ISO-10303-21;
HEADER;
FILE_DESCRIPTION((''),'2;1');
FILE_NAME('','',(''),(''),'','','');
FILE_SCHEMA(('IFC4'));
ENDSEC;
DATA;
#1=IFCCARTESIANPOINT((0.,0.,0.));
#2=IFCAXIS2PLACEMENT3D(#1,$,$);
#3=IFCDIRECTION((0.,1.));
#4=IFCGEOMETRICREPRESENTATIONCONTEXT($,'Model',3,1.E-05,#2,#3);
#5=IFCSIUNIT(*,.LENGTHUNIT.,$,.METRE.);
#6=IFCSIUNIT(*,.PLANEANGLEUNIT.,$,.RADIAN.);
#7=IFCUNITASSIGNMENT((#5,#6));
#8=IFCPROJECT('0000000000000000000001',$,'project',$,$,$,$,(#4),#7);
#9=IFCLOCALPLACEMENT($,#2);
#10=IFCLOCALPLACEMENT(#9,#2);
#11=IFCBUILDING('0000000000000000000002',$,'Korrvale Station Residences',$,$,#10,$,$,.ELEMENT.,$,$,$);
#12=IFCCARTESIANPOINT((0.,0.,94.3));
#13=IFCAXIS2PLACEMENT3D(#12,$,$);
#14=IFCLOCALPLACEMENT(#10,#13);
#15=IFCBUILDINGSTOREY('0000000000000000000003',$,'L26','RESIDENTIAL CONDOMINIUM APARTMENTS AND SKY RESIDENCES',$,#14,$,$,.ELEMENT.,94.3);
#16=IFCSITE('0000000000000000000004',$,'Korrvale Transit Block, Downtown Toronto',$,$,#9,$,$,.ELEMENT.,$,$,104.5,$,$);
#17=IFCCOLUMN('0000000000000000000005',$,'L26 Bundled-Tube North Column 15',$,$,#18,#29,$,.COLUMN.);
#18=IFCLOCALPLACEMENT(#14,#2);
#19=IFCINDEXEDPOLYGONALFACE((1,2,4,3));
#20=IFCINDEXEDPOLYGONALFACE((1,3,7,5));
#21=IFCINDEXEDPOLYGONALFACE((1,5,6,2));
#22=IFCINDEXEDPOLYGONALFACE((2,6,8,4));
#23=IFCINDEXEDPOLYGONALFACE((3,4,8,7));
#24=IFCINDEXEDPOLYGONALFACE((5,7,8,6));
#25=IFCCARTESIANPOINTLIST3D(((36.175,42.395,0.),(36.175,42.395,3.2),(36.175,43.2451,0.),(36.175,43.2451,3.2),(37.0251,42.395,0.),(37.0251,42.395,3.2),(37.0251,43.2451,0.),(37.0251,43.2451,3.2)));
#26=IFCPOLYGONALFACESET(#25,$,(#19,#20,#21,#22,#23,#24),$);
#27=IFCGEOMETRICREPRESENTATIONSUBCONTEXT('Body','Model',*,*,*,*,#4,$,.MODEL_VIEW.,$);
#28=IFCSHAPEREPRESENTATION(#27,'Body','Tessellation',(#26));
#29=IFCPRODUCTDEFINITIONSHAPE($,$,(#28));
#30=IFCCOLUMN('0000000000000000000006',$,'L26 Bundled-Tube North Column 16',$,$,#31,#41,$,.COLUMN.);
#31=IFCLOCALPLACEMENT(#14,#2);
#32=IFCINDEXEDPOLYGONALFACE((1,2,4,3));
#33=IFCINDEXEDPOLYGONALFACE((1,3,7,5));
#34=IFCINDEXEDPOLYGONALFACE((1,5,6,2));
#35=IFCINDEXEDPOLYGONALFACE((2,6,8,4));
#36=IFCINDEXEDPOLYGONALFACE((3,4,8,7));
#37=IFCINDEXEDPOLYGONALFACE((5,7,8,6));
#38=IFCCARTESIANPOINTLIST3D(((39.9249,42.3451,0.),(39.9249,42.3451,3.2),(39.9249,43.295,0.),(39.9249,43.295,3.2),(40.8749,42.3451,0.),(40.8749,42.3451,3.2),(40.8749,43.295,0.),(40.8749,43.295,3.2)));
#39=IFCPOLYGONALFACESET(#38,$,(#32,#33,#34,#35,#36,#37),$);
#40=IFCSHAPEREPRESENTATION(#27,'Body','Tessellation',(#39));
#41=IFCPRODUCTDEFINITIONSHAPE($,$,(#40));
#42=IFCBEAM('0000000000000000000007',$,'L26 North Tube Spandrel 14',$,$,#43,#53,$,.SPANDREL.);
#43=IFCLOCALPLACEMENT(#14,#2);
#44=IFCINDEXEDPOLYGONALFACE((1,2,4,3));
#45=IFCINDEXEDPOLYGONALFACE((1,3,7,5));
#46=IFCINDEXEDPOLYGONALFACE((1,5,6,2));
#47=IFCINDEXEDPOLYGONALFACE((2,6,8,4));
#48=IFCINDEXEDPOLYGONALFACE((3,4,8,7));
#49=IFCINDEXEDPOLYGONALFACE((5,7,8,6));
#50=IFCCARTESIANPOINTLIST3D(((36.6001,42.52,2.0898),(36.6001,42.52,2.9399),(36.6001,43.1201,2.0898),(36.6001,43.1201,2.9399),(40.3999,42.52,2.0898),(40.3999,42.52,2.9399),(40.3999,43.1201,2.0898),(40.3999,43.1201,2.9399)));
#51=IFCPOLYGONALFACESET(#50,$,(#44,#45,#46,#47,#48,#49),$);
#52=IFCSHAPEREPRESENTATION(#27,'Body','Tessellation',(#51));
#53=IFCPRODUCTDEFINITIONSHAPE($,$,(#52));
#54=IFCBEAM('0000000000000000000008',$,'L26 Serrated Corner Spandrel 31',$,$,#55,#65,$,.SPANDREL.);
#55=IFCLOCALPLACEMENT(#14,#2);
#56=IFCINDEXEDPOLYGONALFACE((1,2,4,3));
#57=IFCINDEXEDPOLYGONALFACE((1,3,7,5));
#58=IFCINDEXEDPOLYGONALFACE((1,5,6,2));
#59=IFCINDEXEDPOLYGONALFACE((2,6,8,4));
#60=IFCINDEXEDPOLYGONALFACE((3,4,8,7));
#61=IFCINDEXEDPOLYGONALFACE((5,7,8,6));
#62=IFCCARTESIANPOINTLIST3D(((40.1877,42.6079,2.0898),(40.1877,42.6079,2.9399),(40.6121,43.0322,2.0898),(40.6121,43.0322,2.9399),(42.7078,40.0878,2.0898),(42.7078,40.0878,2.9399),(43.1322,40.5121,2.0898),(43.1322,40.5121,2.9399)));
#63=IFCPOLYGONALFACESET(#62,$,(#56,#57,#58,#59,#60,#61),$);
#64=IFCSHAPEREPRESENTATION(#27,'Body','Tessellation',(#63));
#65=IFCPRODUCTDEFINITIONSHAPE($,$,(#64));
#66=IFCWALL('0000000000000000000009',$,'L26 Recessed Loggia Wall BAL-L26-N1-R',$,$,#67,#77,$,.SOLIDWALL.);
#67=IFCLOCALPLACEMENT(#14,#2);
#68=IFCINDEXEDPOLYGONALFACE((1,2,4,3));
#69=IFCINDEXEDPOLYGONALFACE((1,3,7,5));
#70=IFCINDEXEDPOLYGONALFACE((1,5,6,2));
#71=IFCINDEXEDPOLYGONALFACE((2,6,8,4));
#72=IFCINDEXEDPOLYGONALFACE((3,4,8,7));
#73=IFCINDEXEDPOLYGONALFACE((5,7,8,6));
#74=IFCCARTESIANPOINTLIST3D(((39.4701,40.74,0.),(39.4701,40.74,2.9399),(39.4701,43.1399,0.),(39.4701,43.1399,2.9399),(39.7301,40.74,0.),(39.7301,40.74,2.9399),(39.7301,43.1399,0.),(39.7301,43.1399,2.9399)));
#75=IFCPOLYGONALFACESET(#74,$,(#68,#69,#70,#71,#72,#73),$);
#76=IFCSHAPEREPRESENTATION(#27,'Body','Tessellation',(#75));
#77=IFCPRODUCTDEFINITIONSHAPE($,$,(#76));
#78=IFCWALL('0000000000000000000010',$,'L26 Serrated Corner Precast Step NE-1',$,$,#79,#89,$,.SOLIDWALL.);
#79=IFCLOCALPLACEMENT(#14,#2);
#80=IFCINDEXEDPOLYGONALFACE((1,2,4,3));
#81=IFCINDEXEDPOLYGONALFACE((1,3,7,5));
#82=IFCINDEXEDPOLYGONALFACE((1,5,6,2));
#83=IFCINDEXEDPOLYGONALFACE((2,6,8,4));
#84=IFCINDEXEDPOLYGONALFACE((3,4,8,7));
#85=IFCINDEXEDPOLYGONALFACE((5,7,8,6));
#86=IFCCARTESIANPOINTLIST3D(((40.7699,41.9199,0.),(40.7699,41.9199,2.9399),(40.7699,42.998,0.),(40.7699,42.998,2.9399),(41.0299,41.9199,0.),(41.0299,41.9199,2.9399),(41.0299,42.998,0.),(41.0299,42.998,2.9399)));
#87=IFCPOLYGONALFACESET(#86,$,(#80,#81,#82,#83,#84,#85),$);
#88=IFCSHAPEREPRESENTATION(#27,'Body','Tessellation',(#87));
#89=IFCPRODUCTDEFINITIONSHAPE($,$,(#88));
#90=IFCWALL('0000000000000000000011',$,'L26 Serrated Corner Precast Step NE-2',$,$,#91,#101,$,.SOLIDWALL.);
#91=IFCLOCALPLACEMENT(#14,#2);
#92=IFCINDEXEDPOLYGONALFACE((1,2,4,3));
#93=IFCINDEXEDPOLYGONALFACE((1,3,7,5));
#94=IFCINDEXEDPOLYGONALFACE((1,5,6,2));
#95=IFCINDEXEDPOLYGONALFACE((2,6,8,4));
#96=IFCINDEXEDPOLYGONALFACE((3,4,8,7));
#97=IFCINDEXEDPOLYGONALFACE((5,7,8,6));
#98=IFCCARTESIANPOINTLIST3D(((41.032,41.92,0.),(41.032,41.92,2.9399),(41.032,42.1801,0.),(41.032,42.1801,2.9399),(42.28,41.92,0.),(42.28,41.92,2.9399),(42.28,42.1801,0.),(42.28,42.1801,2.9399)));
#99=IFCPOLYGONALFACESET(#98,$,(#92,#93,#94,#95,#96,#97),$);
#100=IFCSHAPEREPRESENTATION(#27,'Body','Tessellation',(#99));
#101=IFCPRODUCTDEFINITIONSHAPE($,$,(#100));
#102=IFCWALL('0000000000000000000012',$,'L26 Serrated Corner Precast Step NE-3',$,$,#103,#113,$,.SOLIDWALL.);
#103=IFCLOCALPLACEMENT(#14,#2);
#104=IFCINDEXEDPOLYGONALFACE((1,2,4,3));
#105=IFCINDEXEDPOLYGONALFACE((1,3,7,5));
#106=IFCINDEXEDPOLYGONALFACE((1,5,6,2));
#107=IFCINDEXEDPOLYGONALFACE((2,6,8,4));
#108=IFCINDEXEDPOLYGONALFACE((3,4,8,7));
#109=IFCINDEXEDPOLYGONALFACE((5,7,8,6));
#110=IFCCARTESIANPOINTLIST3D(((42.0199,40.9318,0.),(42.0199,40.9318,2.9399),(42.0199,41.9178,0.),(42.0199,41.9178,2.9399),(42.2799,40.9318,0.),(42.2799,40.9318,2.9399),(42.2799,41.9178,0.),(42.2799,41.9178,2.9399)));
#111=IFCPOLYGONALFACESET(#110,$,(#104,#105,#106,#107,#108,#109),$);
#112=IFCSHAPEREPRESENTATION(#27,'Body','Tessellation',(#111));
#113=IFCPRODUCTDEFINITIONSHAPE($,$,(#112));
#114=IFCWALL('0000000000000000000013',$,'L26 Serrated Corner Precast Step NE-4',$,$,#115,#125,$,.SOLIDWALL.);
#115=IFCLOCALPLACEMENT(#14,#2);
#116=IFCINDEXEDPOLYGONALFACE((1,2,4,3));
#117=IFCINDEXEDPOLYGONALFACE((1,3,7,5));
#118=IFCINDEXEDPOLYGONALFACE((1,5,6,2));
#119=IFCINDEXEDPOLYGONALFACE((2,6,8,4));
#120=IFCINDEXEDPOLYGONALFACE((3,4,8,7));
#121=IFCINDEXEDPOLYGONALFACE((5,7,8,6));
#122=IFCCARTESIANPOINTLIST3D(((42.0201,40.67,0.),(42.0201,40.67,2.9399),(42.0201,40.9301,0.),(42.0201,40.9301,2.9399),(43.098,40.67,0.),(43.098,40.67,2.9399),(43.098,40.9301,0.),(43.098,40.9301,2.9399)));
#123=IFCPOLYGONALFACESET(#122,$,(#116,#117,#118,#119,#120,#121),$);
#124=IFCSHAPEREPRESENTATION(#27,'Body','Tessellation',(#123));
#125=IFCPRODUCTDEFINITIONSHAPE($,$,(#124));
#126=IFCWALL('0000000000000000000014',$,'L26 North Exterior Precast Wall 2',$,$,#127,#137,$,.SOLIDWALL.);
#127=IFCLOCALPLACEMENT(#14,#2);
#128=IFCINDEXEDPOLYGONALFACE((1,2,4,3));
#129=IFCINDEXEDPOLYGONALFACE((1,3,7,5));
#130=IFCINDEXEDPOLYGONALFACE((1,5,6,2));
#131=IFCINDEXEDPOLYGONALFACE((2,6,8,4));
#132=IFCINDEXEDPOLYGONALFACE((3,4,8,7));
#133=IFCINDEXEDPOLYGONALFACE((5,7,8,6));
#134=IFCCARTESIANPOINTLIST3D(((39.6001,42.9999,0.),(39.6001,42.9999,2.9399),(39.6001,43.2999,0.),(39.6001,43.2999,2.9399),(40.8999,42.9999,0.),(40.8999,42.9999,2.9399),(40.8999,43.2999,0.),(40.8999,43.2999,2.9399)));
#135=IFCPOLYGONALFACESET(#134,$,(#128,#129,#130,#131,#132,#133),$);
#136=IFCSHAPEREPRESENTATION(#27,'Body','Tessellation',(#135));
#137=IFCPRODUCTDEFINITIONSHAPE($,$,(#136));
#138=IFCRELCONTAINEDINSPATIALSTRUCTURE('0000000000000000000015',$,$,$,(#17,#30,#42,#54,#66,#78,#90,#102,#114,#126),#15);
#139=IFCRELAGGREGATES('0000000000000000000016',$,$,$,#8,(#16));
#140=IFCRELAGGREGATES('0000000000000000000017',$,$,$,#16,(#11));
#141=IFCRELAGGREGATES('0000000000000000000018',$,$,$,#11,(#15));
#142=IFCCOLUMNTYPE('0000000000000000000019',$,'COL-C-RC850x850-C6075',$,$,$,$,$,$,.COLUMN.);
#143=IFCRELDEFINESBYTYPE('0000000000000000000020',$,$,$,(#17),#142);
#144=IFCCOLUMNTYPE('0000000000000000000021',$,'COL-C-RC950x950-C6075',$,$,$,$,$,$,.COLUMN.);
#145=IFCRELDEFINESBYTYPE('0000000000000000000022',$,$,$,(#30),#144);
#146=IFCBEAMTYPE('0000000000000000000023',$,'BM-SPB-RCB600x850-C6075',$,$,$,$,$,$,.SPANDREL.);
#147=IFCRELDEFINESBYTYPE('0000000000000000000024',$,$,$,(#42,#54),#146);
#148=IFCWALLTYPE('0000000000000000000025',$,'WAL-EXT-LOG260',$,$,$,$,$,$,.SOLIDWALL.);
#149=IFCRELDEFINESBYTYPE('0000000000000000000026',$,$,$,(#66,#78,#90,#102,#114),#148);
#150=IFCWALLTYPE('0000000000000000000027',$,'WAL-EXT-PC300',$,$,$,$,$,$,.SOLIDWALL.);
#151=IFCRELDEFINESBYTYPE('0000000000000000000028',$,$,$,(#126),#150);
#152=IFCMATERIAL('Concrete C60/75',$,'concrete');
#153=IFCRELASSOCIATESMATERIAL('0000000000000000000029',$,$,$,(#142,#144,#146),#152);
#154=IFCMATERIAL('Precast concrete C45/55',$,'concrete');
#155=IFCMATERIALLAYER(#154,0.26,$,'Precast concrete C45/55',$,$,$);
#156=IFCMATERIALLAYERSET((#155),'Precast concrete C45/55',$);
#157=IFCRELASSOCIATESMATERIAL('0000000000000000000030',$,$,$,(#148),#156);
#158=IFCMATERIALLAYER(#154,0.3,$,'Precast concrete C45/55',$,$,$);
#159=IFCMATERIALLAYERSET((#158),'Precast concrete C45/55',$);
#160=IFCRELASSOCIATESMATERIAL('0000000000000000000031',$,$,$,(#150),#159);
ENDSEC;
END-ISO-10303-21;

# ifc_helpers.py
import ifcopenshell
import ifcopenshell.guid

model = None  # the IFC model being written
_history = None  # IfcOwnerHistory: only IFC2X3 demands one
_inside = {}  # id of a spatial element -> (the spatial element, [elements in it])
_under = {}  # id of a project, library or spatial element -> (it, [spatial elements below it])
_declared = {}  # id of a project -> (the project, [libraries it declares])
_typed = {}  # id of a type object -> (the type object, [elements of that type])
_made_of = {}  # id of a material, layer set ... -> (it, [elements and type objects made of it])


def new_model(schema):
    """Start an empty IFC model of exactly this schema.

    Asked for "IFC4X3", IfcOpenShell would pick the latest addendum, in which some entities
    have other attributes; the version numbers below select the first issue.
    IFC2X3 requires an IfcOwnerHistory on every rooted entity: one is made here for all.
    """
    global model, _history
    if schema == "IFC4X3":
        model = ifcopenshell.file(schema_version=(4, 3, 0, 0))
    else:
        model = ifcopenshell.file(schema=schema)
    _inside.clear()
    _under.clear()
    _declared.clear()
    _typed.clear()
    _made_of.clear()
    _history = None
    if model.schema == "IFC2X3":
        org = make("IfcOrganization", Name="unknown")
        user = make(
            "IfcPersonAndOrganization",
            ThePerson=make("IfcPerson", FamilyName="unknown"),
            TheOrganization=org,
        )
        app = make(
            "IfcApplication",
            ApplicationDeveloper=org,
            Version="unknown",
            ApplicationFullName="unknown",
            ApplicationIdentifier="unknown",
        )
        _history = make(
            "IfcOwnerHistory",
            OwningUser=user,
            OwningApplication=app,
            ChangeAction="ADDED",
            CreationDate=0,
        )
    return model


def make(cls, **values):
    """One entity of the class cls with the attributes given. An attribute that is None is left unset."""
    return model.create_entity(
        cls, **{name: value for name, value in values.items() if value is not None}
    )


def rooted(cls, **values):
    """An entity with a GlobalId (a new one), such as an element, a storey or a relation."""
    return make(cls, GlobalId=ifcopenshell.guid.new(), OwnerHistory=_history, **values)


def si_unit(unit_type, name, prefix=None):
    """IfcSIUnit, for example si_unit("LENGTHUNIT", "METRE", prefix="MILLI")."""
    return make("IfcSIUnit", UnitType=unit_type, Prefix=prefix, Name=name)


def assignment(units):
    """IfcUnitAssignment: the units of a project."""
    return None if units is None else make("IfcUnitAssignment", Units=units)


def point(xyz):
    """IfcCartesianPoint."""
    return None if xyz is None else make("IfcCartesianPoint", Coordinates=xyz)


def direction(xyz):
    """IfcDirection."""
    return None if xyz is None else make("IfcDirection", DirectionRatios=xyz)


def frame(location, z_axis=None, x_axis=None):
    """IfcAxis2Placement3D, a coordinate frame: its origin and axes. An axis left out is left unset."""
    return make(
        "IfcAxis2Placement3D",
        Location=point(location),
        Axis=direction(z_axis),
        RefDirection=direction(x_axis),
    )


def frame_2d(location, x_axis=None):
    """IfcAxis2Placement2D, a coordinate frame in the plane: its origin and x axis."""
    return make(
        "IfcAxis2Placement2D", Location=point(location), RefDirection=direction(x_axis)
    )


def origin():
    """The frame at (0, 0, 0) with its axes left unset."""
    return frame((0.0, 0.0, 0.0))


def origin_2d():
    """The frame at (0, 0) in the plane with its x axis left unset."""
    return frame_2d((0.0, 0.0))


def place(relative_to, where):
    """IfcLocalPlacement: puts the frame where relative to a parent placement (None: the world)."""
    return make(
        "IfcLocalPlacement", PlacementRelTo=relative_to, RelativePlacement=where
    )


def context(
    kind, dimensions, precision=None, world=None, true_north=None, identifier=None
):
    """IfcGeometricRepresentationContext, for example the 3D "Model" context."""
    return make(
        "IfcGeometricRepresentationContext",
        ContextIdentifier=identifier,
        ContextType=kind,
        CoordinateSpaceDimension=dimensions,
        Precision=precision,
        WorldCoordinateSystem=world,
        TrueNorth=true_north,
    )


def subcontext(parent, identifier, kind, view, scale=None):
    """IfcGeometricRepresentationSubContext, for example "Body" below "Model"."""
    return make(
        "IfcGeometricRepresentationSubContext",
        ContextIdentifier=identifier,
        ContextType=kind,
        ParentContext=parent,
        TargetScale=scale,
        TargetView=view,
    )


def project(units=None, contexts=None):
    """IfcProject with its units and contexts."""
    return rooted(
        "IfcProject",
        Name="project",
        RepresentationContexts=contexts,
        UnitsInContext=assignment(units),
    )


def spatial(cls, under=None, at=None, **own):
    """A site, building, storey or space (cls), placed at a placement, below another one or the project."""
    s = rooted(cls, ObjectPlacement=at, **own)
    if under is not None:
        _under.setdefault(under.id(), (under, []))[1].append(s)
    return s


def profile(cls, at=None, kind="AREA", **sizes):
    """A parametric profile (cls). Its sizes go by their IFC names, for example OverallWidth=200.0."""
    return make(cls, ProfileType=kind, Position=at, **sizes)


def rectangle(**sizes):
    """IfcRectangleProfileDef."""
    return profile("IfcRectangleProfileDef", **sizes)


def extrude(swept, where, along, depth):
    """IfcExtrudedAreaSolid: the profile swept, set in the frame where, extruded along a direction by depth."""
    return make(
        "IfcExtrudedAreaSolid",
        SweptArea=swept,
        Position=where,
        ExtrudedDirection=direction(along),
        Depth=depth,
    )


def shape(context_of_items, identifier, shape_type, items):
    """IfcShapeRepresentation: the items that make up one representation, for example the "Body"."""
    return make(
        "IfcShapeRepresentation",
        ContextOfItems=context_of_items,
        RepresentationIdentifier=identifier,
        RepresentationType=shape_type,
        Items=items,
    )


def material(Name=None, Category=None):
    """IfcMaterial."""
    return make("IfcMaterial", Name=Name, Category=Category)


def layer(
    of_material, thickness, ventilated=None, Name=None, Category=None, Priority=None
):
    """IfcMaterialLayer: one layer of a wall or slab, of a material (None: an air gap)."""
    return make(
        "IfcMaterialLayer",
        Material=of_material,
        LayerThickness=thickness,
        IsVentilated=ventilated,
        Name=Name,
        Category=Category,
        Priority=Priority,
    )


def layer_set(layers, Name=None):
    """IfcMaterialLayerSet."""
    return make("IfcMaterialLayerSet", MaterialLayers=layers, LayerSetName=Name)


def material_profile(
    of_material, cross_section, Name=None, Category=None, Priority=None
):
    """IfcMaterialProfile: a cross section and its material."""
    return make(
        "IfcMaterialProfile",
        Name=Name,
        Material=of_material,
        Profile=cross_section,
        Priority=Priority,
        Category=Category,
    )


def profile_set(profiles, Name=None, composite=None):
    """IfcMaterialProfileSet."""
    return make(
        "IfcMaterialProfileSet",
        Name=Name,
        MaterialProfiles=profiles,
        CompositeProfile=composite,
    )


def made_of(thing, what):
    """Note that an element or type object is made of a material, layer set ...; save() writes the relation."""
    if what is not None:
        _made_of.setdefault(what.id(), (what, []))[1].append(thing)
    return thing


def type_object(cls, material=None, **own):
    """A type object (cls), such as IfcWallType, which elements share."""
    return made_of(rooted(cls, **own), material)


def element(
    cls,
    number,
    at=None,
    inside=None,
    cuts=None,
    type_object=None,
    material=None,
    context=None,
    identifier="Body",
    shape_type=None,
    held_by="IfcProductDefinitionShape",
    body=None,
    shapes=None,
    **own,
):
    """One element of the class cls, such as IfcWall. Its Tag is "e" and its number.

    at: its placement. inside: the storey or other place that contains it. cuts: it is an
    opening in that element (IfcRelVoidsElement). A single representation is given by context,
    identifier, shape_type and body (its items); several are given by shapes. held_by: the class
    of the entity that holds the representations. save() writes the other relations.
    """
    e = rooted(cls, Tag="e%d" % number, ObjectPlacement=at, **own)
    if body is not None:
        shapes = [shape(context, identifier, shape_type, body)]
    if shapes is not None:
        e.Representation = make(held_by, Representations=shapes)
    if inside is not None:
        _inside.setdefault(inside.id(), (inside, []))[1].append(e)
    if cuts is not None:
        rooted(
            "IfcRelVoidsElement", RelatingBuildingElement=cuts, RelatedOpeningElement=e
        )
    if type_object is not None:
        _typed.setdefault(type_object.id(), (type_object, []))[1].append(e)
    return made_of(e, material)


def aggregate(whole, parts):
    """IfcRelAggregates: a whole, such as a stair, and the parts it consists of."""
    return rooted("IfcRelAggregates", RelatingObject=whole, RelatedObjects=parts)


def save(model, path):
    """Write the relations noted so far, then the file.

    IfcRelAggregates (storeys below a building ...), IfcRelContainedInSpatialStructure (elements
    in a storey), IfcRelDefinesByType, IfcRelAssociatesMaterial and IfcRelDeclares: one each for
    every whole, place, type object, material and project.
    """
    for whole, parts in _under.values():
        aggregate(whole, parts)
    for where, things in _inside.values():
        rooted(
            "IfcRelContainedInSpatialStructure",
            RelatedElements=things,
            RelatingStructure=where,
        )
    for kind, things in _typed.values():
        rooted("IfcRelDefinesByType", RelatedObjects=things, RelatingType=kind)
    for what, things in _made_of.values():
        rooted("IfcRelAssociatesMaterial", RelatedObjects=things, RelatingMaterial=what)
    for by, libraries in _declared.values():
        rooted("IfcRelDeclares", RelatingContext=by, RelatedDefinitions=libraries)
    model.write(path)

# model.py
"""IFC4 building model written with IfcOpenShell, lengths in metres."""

from ifc_helpers import new_model, si_unit, direction, frame, frame_2d, origin, origin_2d, place, context, subcontext, project, spatial, rectangle, extrude, material, layer, layer_set, material_profile, profile_set, type_object, element, save


model = new_model("IFC4")

# Units and contexts
model_context = context("Model", 3, precision=1e-05, world=origin(), true_north=direction((0.0, 1.0)))
body_context = subcontext(model_context, "Body", "Model", "MODEL_VIEW")
ifc_project = project(units=[si_unit("LENGTHUNIT", "METRE"), si_unit("PLANEANGLEUNIT", "RADIAN")], contexts=[model_context])

# Site, building, storey
site_placement = place(None, origin())
site = spatial("IfcSite", under=ifc_project, at=site_placement, Name="Korrvale Transit Block, Downtown Toronto", CompositionType="ELEMENT", RefElevation=104.5)
building_placement = place(site_placement, origin())
building = spatial("IfcBuilding", under=site, at=building_placement, Name="Korrvale Station Residences", CompositionType="ELEMENT")
storey_placement = place(building_placement, frame((0.0, 0.0, 94.3)))
storey = spatial("IfcBuildingStorey", under=building, at=storey_placement, Name="L26", Description="RESIDENTIAL CONDOMINIUM APARTMENTS AND SKY RESIDENCES", CompositionType="ELEMENT", Elevation=94.3)

# Columns
ifc_material_1 = material(Name="Concrete C60/75", Category="concrete")
ifc_material_profile_1 = material_profile(ifc_material_1, rectangle(XDim=0.8501, YDim=0.8501, at=origin_2d()), Name="RC850x850")
ifc_profile_set_1 = profile_set([ifc_material_profile_1], Name="Concrete C60/75")
column_type_1 = type_object("IfcColumnType", Name="COL-C-RC850x850-C6075", PredefinedType="COLUMN", material=ifc_profile_set_1)
column_1_placement = place(storey_placement, frame((36.6001, 42.8201, 0.0), z_axis=(0.0, 0.0, 1.0), x_axis=(1.0, 0.0, 0.0)))
element("IfcColumn", 1, at=column_1_placement, inside=storey, type_object=column_type_1, Name="L26 Bundled-Tube North Column 15", PredefinedType="COLUMN", context=body_context, shape_type="SweptSolid", body=[
    extrude(rectangle(XDim=0.8501, YDim=0.8501, at=origin_2d()), origin(), (0.0, 0.0, 1.0), 3.2),
])
ifc_material_profile_2 = material_profile(ifc_material_1, rectangle(XDim=0.95, YDim=0.95, at=origin_2d()), Name="RC950x950")
ifc_profile_set_2 = profile_set([ifc_material_profile_2], Name="Concrete C60/75")
column_type_2 = type_object("IfcColumnType", Name="COL-C-RC950x950-C6075", PredefinedType="COLUMN", material=ifc_profile_set_2)
column_2_placement = place(storey_placement, frame((40.3999, 42.8201, 0.0), z_axis=(0.0, 0.0, 1.0), x_axis=(1.0, 0.0, 0.0)))
element("IfcColumn", 2, at=column_2_placement, inside=storey, type_object=column_type_2, Name="L26 Bundled-Tube North Column 16", PredefinedType="COLUMN", context=body_context, shape_type="SweptSolid", body=[
    extrude(rectangle(XDim=0.95, YDim=0.95, at=origin_2d()), origin(), (0.0, 0.0, 1.0), 3.2),
])

# Beams
ifc_material_profile_3 = material_profile(ifc_material_1, rectangle(XDim=0.6001, YDim=0.8501, at=origin_2d()), Name="RCB600x850")
ifc_profile_set_3 = profile_set([ifc_material_profile_3], Name="Concrete C60/75")
beam_type = type_object("IfcBeamType", Name="BM-SPB-RCB600x850-C6075", PredefinedType="SPANDREL", material=ifc_profile_set_3)
beam_1_placement = place(storey_placement, frame((36.6001, 42.8201, 2.5149), z_axis=(1.0, 0.0, 0.0), x_axis=(0.0, 1.0, 0.0)))
element("IfcBeam", 3, at=beam_1_placement, inside=storey, type_object=beam_type, Name="L26 North Tube Spandrel 14", PredefinedType="SPANDREL", context=body_context, shape_type="SweptSolid", body=[
    extrude(rectangle(XDim=0.6001, YDim=0.8501, at=origin_2d()), origin(), (0.0, 0.0, 1.0), 3.7998),
])
beam_2_placement = place(storey_placement, frame((40.3999, 42.8201, 2.5149), z_axis=(0.707107, -0.707107, 0.0), x_axis=(0.707107, 0.707107, 0.0)))
element("IfcBeam", 4, at=beam_2_placement, inside=storey, type_object=beam_type, Name="L26 Serrated Corner Spandrel 31", PredefinedType="SPANDREL", context=body_context, shape_type="SweptSolid", body=[
    extrude(rectangle(XDim=0.6001, YDim=0.8501, at=origin_2d()), origin(), (0.0, 0.0, 1.0), 3.564),
])

# Walls
ifc_material_2 = material(Name="Precast concrete C45/55", Category="concrete")
ifc_layer_1 = layer(ifc_material_2, 0.26, Name="Precast concrete C45/55")
ifc_layer_set_1 = layer_set([ifc_layer_1], Name="Precast concrete C45/55")
wall_type_1 = type_object("IfcWallType", Name="WAL-EXT-LOG260", PredefinedType="SOLIDWALL", material=ifc_layer_set_1)
wall_1_placement = place(storey_placement, frame((39.6001, 40.74, 0.0), z_axis=(0.0, 0.0, 1.0), x_axis=(0.0, 1.0, 0.0)))
element("IfcWall", 5, at=wall_1_placement, inside=storey, type_object=wall_type_1, Name="L26 Recessed Loggia Wall BAL-L26-N1-R", PredefinedType="SOLIDWALL", context=body_context, shape_type="SweptSolid", body=[
    extrude(rectangle(XDim=2.3999, YDim=0.26, at=frame_2d((1.2, 0.0))), origin(), (0.0, 0.0, 1.0), 2.9399),
])
wall_2_placement = place(storey_placement, frame((40.8999, 42.998, 0.0), z_axis=(0.0, 0.0, 1.0), x_axis=(0.0, -1.0, 0.0)))
element("IfcWall", 6, at=wall_2_placement, inside=storey, type_object=wall_type_1, Name="L26 Serrated Corner Precast Step NE-1", PredefinedType="SOLIDWALL", context=body_context, shape_type="SweptSolid", body=[
    extrude(rectangle(XDim=1.0781, YDim=0.26, at=frame_2d((0.5391, 0.0))), origin(), (0.0, 0.0, 1.0), 2.9399),
])
wall_3_placement = place(storey_placement, frame((41.032, 42.05, 0.0), z_axis=(0.0, 0.0, 1.0), x_axis=(1.0, 0.0, 0.0)))
element("IfcWall", 7, at=wall_3_placement, inside=storey, type_object=wall_type_1, Name="L26 Serrated Corner Precast Step NE-2", PredefinedType="SOLIDWALL", context=body_context, shape_type="SweptSolid", body=[
    extrude(rectangle(XDim=1.248, YDim=0.26, at=frame_2d((0.624, 0.0))), origin(), (0.0, 0.0, 1.0), 2.9399),
])
wall_4_placement = place(storey_placement, frame((42.1499, 41.918, 0.0), z_axis=(0.0, 0.0, 1.0), x_axis=(0.0, -1.0, 0.0)))
element("IfcWall", 8, at=wall_4_placement, inside=storey, type_object=wall_type_1, Name="L26 Serrated Corner Precast Step NE-3", PredefinedType="SOLIDWALL", context=body_context, shape_type="SweptSolid", body=[
    extrude(rectangle(XDim=0.9861, YDim=0.26, at=frame_2d((0.4932, 0.0))), origin(), (0.0, 0.0, 1.0), 2.9399),
])
wall_5_placement = place(storey_placement, frame((42.02, 40.8, 0.0), z_axis=(0.0, 0.0, 1.0), x_axis=(1.0, 0.0, 0.0)))
element("IfcWall", 9, at=wall_5_placement, inside=storey, type_object=wall_type_1, Name="L26 Serrated Corner Precast Step NE-4", PredefinedType="SOLIDWALL", context=body_context, shape_type="SweptSolid", body=[
    extrude(rectangle(XDim=1.0779, YDim=0.26, at=frame_2d((0.5391, 0.0))), origin(), (0.0, 0.0, 1.0), 2.9399),
])
ifc_layer_2 = layer(ifc_material_2, 0.3, Name="Precast concrete C45/55")
ifc_layer_set_2 = layer_set([ifc_layer_2], Name="Precast concrete C45/55")
wall_type_2 = type_object("IfcWallType", Name="WAL-EXT-PC300", PredefinedType="SOLIDWALL", material=ifc_layer_set_2)
wall_6_placement = place(storey_placement, frame((39.6001, 43.1499, 0.0), z_axis=(0.0, 0.0, 1.0), x_axis=(1.0, 0.0, 0.0)))
element("IfcWall", 10, at=wall_6_placement, inside=storey, type_object=wall_type_2, Name="L26 North Exterior Precast Wall 2", PredefinedType="SOLIDWALL", context=body_context, shape_type="SweptSolid", body=[
    extrude(rectangle(XDim=1.2998, YDim=0.3, at=frame_2d((0.6499, 0.0))), origin(), (0.0, 0.0, 1.0), 2.9399),
])

save(model, "model.ifc")
